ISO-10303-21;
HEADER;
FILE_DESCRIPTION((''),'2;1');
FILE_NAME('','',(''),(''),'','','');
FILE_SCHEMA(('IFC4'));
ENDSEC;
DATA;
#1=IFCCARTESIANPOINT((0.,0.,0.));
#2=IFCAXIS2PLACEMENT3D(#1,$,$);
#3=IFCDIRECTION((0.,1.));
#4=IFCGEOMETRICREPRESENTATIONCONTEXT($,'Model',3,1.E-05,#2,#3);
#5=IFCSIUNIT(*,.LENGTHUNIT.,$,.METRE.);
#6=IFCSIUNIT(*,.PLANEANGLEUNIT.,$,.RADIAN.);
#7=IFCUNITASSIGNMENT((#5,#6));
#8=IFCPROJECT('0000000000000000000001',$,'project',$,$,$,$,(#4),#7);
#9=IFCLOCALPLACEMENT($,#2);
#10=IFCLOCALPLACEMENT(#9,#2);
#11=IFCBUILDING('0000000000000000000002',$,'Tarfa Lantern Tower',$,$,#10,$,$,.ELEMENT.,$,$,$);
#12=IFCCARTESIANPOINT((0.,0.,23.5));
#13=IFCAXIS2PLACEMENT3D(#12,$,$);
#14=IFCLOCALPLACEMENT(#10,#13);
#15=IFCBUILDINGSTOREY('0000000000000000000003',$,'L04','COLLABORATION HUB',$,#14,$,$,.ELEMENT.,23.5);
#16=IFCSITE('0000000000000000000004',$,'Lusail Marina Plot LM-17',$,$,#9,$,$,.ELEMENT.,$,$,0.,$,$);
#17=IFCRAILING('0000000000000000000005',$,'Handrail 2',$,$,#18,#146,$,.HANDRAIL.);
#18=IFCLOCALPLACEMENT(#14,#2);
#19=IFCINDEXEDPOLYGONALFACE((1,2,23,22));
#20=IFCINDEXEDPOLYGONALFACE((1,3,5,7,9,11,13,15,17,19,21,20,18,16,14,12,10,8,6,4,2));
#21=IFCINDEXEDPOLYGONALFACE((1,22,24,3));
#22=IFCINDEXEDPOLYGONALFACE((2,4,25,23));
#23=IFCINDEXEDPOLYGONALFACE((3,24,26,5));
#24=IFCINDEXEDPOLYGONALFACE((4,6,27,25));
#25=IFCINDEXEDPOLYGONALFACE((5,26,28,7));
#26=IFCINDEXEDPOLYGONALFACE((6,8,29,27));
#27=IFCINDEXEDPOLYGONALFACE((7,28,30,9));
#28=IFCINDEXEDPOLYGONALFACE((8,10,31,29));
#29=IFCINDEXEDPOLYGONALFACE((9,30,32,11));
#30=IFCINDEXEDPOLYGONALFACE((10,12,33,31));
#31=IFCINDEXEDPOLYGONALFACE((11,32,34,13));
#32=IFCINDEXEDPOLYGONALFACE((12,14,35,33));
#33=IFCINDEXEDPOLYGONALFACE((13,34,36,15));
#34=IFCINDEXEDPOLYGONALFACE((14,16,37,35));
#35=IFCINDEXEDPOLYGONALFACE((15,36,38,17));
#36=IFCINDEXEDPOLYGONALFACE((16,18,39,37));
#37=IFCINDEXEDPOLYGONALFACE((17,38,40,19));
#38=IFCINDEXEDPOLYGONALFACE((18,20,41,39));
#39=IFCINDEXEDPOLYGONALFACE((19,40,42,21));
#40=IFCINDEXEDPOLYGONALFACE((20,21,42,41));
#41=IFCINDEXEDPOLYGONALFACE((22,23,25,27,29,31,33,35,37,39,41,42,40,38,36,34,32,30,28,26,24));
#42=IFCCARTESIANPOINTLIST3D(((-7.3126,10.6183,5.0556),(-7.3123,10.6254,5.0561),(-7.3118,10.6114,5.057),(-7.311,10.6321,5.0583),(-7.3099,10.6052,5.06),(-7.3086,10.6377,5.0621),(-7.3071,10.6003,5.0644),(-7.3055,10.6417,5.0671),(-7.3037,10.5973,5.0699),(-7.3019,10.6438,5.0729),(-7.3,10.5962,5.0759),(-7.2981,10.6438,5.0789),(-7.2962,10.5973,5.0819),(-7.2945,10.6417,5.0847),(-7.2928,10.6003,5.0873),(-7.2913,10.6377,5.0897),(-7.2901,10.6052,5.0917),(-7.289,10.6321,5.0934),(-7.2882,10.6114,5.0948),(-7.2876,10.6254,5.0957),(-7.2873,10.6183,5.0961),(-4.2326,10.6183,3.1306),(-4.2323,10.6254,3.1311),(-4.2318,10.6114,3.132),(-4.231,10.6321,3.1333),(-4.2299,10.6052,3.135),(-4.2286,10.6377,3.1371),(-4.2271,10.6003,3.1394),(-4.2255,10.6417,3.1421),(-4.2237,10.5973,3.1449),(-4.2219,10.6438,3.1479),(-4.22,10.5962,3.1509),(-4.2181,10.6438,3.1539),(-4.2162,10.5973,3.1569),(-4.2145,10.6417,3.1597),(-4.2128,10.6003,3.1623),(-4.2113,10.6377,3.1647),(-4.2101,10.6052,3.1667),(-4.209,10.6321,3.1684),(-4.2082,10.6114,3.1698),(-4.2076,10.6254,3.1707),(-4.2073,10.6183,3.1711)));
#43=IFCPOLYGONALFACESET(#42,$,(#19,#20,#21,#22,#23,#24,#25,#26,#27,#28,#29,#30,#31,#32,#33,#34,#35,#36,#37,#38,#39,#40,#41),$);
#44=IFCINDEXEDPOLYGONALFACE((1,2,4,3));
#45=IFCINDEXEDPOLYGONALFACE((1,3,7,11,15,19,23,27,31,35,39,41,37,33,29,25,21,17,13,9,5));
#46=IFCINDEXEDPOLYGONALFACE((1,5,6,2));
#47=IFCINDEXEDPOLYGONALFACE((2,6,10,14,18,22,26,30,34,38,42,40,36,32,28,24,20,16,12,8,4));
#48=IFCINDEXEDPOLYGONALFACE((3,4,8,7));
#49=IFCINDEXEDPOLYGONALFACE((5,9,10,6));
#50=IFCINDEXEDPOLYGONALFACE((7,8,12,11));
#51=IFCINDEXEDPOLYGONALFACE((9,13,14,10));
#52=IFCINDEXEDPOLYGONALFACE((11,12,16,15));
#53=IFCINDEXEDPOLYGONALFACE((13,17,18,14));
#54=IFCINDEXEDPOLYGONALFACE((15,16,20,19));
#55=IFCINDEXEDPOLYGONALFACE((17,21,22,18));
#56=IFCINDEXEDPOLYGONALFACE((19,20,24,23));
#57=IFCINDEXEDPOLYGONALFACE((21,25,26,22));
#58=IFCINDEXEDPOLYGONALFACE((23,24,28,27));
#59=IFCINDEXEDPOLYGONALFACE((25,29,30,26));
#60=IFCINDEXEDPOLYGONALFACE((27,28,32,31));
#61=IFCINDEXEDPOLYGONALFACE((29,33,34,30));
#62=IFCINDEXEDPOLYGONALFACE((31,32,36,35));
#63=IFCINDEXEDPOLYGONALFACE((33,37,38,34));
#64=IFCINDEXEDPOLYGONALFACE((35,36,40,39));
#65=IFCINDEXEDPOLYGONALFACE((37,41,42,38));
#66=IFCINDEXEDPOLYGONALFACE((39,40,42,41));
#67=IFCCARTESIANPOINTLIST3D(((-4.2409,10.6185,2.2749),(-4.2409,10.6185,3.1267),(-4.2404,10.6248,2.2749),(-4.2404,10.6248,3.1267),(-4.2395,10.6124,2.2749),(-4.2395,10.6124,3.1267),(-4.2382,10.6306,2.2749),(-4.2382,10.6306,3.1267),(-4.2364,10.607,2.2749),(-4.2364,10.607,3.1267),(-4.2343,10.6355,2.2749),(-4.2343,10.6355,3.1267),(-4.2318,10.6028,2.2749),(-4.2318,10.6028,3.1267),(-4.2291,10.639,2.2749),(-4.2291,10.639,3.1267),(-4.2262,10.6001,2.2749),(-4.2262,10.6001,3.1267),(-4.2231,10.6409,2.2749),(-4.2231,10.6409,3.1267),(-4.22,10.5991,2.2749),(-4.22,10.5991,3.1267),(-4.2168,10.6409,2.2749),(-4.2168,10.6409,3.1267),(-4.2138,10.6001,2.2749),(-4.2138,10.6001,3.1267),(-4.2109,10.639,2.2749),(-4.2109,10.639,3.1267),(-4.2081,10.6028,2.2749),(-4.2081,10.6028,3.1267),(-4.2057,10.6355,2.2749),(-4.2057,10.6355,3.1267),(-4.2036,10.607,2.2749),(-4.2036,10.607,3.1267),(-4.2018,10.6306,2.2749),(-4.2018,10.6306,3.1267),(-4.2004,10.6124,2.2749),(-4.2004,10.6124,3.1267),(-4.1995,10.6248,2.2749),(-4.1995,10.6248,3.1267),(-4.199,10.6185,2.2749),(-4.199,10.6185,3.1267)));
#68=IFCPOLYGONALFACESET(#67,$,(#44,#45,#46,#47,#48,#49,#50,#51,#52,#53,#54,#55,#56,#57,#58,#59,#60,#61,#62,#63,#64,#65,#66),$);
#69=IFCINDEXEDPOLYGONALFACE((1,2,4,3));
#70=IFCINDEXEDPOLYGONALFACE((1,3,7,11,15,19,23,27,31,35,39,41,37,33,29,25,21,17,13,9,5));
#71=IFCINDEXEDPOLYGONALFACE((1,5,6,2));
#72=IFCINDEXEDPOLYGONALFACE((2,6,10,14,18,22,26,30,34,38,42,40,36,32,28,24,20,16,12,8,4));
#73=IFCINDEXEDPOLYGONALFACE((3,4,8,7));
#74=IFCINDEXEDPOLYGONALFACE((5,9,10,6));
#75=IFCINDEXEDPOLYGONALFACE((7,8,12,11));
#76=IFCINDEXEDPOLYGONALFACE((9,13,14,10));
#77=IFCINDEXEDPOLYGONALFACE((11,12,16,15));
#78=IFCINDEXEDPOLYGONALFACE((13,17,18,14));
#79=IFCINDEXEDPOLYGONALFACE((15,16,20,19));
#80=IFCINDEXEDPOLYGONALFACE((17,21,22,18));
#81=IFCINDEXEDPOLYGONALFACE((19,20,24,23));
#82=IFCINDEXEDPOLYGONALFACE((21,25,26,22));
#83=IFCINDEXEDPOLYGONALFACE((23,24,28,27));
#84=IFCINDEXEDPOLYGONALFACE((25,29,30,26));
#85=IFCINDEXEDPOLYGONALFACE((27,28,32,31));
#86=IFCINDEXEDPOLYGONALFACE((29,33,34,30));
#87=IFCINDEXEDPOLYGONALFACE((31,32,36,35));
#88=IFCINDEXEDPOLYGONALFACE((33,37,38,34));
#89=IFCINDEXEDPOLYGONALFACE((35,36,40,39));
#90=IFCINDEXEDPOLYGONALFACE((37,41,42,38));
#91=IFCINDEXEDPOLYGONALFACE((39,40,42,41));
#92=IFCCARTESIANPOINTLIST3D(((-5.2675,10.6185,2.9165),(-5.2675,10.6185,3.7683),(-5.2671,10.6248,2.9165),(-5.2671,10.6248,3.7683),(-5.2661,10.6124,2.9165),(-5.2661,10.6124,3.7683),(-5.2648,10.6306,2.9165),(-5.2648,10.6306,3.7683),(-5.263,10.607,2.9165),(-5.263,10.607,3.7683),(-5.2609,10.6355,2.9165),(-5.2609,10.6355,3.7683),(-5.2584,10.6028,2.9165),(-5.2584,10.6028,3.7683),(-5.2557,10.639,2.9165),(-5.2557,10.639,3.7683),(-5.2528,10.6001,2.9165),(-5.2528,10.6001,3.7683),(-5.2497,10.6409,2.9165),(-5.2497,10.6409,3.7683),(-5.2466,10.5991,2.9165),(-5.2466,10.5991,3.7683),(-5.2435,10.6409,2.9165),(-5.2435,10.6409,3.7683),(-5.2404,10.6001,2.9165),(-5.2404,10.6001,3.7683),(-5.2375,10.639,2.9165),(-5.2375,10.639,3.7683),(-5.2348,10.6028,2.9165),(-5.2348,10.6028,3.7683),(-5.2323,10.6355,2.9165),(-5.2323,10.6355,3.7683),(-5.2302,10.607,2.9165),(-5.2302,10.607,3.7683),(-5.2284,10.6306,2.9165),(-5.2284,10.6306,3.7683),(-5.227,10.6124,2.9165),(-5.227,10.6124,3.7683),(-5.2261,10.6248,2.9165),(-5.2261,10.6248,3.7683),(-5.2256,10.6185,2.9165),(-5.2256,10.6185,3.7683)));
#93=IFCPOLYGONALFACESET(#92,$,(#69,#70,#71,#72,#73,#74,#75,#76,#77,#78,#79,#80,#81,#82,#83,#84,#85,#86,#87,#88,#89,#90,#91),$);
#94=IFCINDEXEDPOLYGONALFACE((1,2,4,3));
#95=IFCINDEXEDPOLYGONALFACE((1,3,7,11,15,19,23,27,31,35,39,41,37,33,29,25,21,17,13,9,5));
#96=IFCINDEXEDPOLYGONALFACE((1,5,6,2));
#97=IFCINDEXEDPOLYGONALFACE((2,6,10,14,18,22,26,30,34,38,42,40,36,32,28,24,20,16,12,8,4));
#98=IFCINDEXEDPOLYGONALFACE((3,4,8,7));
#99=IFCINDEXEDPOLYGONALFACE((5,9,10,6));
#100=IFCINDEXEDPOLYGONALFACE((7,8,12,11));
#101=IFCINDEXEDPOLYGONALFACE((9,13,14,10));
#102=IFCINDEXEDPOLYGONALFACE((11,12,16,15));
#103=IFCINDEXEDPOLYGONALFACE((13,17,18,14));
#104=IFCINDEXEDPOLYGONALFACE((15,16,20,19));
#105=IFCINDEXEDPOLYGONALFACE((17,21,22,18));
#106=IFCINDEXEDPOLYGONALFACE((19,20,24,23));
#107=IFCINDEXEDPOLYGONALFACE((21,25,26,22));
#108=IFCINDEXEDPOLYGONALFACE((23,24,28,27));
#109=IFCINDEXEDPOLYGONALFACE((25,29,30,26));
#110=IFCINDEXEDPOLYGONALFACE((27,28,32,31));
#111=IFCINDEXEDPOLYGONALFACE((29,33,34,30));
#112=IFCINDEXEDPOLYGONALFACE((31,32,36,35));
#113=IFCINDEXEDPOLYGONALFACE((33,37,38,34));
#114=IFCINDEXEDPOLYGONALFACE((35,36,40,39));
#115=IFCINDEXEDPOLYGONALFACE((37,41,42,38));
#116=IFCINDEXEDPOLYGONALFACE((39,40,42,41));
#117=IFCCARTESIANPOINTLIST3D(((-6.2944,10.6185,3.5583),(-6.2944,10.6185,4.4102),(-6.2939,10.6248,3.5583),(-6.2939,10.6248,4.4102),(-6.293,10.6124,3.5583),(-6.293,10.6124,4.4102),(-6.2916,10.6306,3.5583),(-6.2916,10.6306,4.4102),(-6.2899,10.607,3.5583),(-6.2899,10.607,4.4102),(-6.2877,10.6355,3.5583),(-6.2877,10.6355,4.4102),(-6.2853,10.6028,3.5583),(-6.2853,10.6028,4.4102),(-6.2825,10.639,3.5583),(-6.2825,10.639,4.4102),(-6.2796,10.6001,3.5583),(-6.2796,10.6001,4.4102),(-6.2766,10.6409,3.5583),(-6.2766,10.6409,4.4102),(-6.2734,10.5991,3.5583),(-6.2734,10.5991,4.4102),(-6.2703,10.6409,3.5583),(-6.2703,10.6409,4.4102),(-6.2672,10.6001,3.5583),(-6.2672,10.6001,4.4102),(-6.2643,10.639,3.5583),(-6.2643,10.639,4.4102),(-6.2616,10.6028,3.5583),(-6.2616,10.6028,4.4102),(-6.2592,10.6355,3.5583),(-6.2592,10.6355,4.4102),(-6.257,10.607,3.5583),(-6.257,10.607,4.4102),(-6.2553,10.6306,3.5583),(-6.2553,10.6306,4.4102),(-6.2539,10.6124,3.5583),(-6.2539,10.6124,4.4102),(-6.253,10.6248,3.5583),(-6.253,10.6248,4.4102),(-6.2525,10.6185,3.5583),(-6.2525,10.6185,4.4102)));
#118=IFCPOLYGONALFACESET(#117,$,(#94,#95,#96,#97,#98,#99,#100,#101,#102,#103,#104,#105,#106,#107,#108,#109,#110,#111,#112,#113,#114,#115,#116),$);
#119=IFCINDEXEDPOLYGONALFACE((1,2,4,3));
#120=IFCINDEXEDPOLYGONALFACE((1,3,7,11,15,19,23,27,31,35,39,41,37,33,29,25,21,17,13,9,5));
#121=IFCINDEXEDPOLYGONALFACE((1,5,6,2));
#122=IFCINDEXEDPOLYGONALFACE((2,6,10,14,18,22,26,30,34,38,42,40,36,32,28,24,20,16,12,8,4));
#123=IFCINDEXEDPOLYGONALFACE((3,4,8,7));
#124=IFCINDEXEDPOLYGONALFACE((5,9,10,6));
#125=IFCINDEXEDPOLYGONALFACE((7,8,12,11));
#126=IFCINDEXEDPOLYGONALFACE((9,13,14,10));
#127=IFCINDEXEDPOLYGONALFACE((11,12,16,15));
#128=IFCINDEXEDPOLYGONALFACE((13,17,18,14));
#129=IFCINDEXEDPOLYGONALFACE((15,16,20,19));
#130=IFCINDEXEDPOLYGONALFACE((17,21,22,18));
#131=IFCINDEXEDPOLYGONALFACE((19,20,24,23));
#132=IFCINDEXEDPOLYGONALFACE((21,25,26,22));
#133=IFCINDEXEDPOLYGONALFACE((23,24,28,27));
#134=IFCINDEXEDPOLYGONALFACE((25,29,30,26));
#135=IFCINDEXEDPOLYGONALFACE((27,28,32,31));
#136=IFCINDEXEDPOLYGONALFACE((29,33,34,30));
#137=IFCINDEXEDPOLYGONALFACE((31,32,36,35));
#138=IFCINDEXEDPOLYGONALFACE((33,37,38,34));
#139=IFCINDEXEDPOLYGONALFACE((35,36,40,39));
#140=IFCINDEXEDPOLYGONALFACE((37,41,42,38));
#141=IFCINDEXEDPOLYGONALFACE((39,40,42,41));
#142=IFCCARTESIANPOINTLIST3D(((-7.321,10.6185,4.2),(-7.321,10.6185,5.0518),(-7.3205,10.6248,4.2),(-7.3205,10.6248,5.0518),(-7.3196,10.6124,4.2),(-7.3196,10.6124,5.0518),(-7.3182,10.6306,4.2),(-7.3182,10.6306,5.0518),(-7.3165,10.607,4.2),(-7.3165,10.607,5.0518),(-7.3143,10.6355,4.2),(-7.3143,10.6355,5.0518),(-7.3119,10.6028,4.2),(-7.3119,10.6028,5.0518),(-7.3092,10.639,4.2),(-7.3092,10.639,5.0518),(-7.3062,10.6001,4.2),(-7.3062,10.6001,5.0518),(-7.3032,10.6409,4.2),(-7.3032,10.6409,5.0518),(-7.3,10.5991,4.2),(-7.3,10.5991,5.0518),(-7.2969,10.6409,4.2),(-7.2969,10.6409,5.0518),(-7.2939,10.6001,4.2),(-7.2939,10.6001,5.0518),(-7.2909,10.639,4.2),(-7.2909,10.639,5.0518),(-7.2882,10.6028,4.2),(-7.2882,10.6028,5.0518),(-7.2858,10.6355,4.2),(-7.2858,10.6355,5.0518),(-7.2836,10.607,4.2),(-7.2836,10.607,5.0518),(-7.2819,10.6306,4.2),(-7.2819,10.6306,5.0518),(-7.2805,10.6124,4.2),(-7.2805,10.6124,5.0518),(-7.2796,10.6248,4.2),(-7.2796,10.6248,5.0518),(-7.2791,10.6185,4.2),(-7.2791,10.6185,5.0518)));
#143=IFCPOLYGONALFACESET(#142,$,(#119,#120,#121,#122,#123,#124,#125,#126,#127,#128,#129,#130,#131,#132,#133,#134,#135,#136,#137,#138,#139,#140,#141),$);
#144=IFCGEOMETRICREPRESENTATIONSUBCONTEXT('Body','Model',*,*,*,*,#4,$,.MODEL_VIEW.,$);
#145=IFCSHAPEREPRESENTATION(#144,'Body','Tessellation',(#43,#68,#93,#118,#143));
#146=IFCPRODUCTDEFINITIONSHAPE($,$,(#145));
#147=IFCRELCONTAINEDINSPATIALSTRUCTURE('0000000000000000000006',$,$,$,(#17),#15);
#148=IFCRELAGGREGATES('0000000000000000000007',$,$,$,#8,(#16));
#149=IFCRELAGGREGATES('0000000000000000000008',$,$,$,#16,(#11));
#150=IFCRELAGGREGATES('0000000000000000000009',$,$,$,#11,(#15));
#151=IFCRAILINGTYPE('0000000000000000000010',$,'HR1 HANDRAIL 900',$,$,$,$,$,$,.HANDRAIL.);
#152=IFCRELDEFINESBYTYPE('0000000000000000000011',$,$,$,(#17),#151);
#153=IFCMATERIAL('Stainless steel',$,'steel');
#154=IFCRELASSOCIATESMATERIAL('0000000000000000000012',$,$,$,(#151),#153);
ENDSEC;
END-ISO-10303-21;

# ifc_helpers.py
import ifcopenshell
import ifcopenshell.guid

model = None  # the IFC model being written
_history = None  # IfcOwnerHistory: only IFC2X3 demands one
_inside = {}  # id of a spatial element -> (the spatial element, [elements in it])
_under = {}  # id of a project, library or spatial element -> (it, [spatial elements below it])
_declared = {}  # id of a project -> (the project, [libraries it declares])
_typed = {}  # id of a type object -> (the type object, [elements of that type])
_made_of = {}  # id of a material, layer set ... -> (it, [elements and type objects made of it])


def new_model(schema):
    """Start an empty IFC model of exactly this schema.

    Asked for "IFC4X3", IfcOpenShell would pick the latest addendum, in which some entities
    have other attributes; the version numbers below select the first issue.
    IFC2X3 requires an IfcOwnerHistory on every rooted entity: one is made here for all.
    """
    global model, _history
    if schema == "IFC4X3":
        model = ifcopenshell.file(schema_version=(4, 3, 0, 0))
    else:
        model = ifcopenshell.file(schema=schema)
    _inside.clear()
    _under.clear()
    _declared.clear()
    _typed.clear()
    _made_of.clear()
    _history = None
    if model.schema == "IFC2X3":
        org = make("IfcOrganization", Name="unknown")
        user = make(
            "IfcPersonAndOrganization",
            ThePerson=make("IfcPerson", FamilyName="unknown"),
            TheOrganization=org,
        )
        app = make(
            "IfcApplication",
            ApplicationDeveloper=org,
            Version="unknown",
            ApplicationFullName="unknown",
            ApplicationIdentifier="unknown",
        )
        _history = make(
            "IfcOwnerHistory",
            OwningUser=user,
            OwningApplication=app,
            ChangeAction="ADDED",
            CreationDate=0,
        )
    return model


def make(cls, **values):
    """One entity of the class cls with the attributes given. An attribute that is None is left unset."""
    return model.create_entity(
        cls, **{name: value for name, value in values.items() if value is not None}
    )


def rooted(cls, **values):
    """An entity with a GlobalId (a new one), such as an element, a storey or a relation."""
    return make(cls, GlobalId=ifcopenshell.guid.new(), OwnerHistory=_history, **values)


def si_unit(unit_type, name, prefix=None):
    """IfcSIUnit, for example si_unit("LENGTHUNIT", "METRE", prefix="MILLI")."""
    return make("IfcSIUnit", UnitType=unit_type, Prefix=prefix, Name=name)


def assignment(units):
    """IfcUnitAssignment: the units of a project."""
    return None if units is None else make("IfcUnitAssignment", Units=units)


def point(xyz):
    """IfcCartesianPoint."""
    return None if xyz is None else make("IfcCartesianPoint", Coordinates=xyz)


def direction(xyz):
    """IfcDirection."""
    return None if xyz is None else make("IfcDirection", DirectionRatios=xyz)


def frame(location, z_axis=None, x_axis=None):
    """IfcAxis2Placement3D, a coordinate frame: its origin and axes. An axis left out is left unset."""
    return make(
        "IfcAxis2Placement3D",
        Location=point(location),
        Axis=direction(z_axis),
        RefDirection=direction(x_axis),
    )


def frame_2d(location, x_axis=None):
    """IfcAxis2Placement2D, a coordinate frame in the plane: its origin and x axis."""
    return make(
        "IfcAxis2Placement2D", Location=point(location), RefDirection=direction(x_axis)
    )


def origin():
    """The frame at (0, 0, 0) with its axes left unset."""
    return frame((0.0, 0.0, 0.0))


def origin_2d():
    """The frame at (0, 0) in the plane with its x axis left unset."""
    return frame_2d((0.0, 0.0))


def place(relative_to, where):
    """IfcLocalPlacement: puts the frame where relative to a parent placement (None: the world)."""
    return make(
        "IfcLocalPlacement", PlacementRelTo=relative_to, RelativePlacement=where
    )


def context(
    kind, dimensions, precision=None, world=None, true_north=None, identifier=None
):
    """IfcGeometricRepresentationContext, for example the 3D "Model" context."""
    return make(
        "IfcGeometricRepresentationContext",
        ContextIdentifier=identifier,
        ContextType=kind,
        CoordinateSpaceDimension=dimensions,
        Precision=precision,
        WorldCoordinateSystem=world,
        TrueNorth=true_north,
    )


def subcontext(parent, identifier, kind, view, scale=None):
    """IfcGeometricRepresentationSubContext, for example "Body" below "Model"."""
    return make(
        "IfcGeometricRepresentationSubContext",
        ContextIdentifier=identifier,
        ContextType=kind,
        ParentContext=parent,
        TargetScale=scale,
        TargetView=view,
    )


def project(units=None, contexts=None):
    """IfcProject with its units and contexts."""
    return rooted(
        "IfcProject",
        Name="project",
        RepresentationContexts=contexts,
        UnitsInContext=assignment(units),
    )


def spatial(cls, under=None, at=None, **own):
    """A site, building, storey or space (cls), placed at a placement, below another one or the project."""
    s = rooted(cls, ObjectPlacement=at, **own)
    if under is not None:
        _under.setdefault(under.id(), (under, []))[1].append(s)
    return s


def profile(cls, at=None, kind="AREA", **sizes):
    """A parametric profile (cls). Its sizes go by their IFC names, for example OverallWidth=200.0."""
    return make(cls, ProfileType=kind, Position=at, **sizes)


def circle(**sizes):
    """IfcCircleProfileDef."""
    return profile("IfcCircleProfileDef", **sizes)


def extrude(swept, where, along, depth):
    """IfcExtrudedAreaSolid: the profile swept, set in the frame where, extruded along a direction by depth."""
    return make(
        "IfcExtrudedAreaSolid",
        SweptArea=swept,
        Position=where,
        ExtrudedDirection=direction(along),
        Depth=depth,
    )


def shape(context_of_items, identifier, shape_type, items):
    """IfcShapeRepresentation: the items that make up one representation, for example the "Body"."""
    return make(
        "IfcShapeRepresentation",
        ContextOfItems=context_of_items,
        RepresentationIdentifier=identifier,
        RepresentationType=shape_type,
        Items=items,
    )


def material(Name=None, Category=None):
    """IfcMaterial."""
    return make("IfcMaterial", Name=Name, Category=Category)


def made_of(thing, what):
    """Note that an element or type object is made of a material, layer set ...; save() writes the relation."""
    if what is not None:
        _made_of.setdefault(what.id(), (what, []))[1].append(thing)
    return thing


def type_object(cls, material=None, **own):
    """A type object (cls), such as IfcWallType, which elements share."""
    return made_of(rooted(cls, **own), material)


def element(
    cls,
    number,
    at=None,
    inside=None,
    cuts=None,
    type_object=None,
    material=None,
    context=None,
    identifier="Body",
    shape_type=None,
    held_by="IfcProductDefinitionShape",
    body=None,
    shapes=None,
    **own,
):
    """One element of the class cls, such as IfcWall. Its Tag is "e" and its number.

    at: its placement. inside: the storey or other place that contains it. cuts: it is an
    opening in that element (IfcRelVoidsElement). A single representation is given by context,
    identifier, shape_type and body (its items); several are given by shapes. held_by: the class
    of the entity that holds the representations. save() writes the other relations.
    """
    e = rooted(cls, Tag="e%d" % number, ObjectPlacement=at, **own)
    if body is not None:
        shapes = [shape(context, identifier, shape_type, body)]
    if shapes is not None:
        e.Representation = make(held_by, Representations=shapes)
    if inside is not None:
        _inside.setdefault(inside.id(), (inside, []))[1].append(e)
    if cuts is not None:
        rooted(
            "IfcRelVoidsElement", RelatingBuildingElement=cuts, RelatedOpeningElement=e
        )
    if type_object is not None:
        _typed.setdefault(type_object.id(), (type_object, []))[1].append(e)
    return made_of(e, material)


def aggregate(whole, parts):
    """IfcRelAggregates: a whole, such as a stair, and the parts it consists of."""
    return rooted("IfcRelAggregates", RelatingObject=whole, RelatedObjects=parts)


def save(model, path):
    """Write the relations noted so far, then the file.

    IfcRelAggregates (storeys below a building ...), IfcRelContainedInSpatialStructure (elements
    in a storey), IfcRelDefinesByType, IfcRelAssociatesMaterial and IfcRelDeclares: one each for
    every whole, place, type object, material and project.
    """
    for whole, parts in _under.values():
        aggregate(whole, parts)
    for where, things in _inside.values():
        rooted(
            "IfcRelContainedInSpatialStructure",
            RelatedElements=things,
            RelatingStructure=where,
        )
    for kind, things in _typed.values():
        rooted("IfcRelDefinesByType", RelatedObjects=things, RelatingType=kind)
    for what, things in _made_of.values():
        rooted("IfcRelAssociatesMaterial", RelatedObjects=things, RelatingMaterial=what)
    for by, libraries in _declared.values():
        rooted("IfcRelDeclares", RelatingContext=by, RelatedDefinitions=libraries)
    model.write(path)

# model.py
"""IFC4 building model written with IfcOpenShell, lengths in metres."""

from ifc_helpers import new_model, si_unit, direction, frame, origin, origin_2d, place, context, subcontext, project, spatial, circle, extrude, material, type_object, element, save


model = new_model("IFC4")

# Units and contexts
model_context = context("Model", 3, precision=1e-05, world=origin(), true_north=direction((0.0, 1.0)))
body_context = subcontext(model_context, "Body", "Model", "MODEL_VIEW")
ifc_project = project(units=[si_unit("LENGTHUNIT", "METRE"), si_unit("PLANEANGLEUNIT", "RADIAN")], contexts=[model_context])

# Site, building, storey
site_placement = place(None, origin())
site = spatial("IfcSite", under=ifc_project, at=site_placement, Name="Lusail Marina Plot LM-17", CompositionType="ELEMENT", RefElevation=0.0)
building_placement = place(site_placement, origin())
building = spatial("IfcBuilding", under=site, at=building_placement, Name="Tarfa Lantern Tower", CompositionType="ELEMENT")
storey_placement = place(building_placement, frame((0.0, 0.0, 23.5)))
storey = spatial("IfcBuildingStorey", under=building, at=storey_placement, Name="L04", Description="COLLABORATION HUB", CompositionType="ELEMENT", Elevation=23.5)

# Railing
ifc_material_1 = material(Name="Stainless steel", Category="steel")
railing_type = type_object("IfcRailingType", Name="HR1 HANDRAIL 900", PredefinedType="HANDRAIL", material=ifc_material_1)
railing_1_placement = place(storey_placement, frame((-4.22, 10.6201, 2.2749)))
element("IfcRailing", 1, at=railing_1_placement, inside=storey, type_object=railing_type, Name="Handrail 2", PredefinedType="HANDRAIL", context=body_context, shape_type="SweptSolid", body=[
    extrude(circle(Radius=0.0239, at=origin_2d()), frame((0.0, 0.0, 0.876), z_axis=(-0.847998, 0.0, 0.529999), x_axis=(0.0, -1.0, 0.0)), (0.0, 0.0, 1.0), 3.6321),
    extrude(circle(Radius=0.021, at=origin_2d()), frame((0.0, 0.0, 0.0), z_axis=(0.0, 0.0, 1.0), x_axis=(0.0, -1.0, 0.0)), (0.0, 0.0, 1.0), 0.8518),
    extrude(circle(Radius=0.021, at=origin_2d()), frame((-1.0266, 0.0, 0.6416), z_axis=(0.0, 0.0, 1.0), x_axis=(0.0, -1.0, 0.0)), (0.0, 0.0, 1.0), 0.8518),
    extrude(circle(Radius=0.021, at=origin_2d()), frame((-2.0535, 0.0, 1.2834), z_axis=(0.0, 0.0, 1.0), x_axis=(0.0, -1.0, 0.0)), (0.0, 0.0, 1.0), 0.8518),
    extrude(circle(Radius=0.021, at=origin_2d()), frame((-3.0801, 0.0, 1.925), z_axis=(0.0, 0.0, 1.0), x_axis=(0.0, -1.0, 0.0)), (0.0, 0.0, 1.0), 0.8518),
])

save(model, "model.ifc")
